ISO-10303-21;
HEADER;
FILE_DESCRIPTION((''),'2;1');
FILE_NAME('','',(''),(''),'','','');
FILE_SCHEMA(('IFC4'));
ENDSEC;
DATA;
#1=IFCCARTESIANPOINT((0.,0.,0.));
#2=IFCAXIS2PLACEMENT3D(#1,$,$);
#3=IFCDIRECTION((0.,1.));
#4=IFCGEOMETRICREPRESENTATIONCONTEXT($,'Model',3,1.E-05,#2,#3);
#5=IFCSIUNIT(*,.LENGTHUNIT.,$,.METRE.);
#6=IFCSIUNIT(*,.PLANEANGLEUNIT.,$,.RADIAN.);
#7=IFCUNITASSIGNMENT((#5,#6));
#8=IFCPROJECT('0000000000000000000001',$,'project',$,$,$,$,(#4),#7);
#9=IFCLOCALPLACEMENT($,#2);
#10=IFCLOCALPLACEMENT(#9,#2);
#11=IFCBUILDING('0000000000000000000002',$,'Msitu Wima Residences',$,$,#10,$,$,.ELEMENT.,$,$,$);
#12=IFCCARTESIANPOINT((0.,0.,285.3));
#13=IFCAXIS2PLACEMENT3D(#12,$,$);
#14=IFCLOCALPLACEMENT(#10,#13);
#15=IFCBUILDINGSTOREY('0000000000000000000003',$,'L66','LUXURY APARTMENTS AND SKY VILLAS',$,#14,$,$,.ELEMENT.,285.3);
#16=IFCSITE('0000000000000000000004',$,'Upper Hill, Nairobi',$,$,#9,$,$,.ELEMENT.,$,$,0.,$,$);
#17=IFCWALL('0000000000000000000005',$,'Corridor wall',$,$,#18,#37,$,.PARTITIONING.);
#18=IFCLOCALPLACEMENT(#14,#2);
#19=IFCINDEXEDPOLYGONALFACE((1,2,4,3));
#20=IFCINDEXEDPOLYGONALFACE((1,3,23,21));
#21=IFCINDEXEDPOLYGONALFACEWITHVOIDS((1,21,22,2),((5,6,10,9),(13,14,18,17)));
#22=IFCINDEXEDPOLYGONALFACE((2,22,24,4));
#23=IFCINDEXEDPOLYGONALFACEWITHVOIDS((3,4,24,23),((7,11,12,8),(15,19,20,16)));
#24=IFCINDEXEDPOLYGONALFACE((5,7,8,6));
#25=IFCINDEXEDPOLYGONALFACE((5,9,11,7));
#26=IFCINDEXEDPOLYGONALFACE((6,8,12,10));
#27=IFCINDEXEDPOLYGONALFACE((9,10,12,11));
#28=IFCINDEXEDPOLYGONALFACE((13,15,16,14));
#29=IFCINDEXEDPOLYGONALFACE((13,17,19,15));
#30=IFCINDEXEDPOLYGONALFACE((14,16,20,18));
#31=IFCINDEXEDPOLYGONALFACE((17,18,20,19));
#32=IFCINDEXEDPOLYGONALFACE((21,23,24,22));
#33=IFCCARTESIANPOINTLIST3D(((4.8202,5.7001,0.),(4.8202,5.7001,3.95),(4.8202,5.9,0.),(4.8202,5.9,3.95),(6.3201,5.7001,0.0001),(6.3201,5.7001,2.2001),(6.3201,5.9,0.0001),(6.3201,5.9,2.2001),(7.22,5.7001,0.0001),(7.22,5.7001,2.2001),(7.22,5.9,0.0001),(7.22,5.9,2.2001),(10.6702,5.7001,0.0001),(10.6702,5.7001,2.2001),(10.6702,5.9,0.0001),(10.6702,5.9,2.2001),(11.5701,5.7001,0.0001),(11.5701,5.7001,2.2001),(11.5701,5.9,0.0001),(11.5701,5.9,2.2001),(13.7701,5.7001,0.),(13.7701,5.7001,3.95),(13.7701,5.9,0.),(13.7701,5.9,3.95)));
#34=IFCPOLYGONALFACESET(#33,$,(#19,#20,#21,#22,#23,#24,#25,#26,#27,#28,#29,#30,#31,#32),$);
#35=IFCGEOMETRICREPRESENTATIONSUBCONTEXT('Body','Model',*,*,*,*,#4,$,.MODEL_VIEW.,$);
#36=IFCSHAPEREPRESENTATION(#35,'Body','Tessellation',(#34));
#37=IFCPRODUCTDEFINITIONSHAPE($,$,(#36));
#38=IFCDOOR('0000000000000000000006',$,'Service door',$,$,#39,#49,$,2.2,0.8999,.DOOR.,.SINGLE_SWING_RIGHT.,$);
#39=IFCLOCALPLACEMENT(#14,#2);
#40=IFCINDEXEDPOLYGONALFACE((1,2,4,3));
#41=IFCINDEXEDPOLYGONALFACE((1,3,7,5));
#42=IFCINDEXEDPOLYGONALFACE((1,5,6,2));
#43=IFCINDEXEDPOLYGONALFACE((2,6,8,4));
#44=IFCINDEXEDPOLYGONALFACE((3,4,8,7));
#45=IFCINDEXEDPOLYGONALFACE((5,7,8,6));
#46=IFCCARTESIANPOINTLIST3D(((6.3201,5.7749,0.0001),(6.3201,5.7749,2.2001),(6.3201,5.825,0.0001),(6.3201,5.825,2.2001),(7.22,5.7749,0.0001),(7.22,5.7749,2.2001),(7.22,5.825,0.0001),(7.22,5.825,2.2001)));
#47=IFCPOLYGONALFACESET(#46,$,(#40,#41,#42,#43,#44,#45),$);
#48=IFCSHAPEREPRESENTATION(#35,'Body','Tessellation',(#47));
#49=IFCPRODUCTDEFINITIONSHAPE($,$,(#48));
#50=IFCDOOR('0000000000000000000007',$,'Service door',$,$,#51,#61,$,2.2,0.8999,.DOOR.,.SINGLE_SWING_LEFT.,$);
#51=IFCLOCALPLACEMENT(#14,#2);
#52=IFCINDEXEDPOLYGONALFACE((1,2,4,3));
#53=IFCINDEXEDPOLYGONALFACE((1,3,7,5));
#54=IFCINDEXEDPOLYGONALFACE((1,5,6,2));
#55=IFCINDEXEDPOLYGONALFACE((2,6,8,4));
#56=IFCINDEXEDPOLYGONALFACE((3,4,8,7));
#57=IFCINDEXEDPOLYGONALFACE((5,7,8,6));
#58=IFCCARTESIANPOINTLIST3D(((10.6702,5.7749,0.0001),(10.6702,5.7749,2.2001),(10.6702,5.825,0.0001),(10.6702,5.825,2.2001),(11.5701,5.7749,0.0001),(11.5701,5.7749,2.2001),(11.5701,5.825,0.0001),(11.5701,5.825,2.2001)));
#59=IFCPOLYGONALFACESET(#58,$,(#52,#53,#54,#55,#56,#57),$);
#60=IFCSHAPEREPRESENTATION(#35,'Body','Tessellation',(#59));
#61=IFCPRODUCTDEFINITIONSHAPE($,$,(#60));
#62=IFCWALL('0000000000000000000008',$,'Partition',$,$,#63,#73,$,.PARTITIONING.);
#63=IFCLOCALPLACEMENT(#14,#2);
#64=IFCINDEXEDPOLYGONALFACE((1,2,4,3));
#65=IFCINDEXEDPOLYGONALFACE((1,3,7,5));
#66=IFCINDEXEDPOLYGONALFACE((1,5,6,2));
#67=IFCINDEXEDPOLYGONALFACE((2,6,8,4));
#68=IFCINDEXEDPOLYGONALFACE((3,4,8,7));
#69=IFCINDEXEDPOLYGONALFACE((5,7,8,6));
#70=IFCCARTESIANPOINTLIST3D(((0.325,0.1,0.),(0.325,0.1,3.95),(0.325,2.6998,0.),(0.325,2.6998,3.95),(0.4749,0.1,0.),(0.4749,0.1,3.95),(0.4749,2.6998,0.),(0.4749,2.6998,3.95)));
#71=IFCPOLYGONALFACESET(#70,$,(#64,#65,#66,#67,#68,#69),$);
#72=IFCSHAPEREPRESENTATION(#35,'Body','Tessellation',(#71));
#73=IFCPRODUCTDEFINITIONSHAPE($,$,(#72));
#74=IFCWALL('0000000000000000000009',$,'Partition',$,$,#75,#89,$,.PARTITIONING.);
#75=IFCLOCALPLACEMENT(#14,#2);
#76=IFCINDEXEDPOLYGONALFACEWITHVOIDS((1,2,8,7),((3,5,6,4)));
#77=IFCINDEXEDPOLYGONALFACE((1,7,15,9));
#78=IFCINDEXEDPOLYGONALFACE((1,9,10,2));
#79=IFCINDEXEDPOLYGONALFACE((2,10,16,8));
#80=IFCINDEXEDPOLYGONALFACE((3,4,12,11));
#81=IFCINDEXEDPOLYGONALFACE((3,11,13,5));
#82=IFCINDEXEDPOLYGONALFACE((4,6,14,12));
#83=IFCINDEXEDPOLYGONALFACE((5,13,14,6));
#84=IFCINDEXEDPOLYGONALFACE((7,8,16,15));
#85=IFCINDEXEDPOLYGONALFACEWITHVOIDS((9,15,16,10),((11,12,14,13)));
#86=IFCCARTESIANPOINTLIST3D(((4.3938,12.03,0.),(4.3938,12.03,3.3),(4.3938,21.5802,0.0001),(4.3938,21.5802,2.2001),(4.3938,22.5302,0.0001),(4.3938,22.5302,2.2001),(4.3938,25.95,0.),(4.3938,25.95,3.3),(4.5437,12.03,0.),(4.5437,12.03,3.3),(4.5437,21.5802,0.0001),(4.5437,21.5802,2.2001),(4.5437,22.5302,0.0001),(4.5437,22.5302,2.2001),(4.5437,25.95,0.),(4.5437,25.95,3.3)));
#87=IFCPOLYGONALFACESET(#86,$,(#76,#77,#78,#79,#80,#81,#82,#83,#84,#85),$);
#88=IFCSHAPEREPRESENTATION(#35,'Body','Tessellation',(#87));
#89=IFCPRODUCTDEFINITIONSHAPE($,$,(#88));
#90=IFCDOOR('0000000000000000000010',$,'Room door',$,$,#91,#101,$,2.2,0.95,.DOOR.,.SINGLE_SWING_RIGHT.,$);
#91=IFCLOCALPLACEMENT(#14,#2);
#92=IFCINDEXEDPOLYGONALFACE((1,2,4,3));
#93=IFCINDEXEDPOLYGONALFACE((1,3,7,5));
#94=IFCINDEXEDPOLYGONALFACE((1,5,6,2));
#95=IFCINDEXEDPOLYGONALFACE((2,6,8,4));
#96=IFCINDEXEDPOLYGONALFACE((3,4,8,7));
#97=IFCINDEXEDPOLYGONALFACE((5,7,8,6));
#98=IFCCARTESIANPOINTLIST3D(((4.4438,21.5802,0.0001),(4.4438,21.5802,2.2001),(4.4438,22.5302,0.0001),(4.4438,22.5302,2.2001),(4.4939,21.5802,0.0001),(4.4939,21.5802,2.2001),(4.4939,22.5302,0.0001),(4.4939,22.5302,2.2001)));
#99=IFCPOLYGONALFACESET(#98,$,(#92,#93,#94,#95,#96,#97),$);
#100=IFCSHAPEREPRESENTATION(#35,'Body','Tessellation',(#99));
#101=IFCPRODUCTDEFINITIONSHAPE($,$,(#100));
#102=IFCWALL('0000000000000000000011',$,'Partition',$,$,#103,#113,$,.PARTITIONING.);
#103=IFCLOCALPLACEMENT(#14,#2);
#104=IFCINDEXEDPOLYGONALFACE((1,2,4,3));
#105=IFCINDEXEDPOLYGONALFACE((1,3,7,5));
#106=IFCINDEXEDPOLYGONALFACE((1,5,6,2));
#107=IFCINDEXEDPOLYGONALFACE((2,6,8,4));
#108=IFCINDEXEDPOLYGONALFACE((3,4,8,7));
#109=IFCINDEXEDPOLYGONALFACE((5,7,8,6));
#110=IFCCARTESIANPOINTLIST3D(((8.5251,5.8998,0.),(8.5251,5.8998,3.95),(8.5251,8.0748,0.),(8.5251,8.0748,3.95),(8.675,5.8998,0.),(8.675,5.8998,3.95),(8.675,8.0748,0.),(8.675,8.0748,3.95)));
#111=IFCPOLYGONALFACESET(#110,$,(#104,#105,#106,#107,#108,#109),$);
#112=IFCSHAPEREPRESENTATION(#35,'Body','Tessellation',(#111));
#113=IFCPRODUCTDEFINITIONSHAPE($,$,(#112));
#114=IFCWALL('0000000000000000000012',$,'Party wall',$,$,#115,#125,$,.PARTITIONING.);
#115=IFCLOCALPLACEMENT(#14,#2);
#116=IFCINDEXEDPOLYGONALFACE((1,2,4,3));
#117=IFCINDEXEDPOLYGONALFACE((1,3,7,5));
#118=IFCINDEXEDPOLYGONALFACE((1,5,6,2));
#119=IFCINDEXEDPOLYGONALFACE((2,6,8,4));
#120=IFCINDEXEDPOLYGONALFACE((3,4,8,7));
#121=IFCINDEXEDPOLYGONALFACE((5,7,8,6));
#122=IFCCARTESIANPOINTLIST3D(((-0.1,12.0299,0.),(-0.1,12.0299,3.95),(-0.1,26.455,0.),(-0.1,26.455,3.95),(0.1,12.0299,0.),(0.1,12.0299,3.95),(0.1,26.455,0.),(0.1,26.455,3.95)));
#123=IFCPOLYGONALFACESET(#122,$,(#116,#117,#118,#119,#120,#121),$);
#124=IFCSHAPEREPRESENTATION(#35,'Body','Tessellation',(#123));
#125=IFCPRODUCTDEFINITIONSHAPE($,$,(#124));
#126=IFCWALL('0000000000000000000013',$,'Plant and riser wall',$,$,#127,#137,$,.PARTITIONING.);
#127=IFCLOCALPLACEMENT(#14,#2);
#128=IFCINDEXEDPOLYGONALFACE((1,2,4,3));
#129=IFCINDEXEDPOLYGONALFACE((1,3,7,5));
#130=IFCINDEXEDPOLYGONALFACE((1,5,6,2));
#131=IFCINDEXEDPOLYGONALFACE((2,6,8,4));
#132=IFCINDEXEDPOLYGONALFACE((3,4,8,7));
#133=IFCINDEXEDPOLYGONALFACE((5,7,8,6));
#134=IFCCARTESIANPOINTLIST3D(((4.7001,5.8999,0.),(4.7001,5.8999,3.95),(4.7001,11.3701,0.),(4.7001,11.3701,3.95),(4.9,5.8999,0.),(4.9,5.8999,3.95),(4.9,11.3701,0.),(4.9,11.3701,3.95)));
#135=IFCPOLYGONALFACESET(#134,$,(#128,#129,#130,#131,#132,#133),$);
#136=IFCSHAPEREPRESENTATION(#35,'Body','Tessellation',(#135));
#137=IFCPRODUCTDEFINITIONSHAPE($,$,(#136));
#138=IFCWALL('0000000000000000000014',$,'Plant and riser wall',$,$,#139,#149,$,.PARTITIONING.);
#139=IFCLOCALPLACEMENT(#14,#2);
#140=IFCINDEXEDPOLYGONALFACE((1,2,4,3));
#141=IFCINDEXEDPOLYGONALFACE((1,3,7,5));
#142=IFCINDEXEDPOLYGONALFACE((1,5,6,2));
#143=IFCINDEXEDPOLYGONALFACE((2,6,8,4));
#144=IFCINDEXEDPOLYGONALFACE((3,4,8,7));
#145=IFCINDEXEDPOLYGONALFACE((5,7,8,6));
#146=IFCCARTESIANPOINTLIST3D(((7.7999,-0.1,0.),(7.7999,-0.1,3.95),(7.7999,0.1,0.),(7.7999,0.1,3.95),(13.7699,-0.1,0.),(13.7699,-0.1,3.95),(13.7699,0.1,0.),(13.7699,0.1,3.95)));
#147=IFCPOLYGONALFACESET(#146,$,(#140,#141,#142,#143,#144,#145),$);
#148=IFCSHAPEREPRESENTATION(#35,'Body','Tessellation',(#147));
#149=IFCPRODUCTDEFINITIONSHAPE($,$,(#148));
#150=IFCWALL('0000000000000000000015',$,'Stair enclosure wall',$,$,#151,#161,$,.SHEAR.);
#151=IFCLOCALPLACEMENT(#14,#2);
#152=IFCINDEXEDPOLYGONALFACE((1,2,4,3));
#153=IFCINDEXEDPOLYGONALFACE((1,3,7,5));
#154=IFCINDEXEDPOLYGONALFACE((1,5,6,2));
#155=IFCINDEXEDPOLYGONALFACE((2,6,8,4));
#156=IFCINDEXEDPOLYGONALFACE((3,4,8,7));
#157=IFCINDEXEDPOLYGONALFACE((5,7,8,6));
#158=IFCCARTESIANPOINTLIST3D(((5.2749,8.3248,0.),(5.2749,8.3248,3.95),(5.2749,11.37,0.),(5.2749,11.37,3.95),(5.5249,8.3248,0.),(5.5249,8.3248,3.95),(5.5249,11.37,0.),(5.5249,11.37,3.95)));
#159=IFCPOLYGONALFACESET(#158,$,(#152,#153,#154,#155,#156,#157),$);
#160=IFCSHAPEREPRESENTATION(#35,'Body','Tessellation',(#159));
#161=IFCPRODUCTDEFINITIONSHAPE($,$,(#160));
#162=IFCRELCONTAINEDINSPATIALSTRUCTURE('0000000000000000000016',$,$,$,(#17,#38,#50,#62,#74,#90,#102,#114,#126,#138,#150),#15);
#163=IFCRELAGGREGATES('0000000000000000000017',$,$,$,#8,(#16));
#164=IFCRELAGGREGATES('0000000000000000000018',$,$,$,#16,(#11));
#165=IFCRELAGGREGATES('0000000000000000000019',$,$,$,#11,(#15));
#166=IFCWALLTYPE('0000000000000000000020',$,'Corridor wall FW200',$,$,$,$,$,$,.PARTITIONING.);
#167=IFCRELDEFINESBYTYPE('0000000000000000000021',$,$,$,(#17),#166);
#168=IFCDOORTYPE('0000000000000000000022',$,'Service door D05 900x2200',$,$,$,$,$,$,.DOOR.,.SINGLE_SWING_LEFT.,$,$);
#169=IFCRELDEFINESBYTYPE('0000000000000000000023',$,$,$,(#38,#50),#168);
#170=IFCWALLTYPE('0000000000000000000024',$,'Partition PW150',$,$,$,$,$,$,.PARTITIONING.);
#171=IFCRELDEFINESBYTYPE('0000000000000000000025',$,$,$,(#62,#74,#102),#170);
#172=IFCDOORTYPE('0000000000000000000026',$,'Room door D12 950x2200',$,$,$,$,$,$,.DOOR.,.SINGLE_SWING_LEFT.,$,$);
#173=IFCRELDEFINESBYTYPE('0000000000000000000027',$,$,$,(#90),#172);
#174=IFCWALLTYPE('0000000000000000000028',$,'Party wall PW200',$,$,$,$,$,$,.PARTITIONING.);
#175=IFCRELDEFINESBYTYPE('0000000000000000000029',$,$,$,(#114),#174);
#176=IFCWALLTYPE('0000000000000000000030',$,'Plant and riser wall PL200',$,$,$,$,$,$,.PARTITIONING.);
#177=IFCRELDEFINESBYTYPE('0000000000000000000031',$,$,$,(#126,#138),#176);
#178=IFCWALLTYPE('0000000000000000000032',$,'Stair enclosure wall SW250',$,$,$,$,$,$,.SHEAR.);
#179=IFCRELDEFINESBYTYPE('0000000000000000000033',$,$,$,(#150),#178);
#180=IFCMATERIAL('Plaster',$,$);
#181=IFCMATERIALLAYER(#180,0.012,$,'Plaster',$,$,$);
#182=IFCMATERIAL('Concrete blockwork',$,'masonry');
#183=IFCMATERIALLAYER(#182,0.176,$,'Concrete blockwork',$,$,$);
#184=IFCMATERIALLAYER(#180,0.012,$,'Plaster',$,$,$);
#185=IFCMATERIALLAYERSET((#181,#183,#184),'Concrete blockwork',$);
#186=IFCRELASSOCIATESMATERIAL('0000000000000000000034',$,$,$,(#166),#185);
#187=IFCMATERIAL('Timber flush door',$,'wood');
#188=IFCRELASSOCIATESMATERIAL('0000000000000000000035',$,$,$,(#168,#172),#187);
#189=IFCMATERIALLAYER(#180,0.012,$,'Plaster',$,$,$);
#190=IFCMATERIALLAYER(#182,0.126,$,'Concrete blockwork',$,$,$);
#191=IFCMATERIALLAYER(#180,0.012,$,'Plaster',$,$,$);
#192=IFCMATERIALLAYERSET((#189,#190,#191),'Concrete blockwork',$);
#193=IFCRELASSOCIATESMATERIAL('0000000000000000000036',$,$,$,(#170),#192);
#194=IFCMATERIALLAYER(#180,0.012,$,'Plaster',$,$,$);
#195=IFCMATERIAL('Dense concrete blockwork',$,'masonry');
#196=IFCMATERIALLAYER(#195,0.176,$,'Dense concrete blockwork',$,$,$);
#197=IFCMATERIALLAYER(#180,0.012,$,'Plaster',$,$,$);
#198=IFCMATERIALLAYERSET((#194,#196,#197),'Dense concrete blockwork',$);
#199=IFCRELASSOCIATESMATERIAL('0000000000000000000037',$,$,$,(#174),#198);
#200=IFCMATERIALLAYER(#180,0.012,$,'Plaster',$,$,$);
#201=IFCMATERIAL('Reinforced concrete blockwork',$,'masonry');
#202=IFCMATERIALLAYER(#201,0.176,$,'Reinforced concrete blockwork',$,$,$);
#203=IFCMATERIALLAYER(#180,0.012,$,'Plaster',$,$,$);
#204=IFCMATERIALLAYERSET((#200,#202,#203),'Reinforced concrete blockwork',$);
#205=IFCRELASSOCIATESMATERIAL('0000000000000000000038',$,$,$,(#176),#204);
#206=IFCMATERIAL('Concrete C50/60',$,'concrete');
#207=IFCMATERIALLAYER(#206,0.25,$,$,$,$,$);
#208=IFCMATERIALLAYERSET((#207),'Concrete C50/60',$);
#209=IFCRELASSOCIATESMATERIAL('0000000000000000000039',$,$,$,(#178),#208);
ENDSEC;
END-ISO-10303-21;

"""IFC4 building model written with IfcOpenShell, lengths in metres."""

from ifc_helpers import new_model, si_unit, direction, frame, frame_2d, origin, place, context, subcontext, project, spatial, rectangle, extrude, material, layer, layer_set, type_object, element, fill, save


model = new_model("IFC4")

# Units and contexts
model_context = context("Model", 3, precision=1e-05, world=origin(), true_north=direction((0.0, 1.0)))
body_context = subcontext(model_context, "Body", "Model", "MODEL_VIEW")
ifc_project = project(units=[si_unit("LENGTHUNIT", "METRE"), si_unit("PLANEANGLEUNIT", "RADIAN")], contexts=[model_context])

# Site, building, storey
site_placement = place(None, origin())
site = spatial("IfcSite", under=ifc_project, at=site_placement, Name="Upper Hill, Nairobi", CompositionType="ELEMENT", RefElevation=0.0)
building_placement = place(site_placement, origin())
building = spatial("IfcBuilding", under=site, at=building_placement, Name="Msitu Wima Residences", CompositionType="ELEMENT")
storey_placement = place(building_placement, frame((0.0, 0.0, 285.3)))
storey = spatial("IfcBuildingStorey", under=building, at=storey_placement, Name="L66", Description="LUXURY APARTMENTS AND SKY VILLAS", CompositionType="ELEMENT", Elevation=285.3)

# Wall, openings, doors
ifc_material_1 = material(Name="Plaster")
ifc_layer_1 = layer(ifc_material_1, 0.012, Name="Plaster")
ifc_material_2 = material(Name="Concrete blockwork", Category="masonry")
ifc_layer_2 = layer(ifc_material_2, 0.176, Name="Concrete blockwork")
ifc_layer_3 = layer(ifc_material_1, 0.012, Name="Plaster")
ifc_layer_set_1 = layer_set([ifc_layer_1, ifc_layer_2, ifc_layer_3], Name="Concrete blockwork")
wall_type_1 = type_object("IfcWallType", Name="Corridor wall FW200", PredefinedType="PARTITIONING", material=ifc_layer_set_1)
wall_1_placement = place(storey_placement, frame((4.8201, 5.8, 0.0), z_axis=(0.0, 0.0, 1.0), x_axis=(1.0, 0.0, 0.0)))
wall_1 = element("IfcWall", 1, at=wall_1_placement, inside=storey, type_object=wall_type_1, Name="Corridor wall", PredefinedType="PARTITIONING", context=body_context, shape_type="SweptSolid", body=[
    extrude(rectangle(XDim=8.95, YDim=0.2, at=frame_2d((4.4751, 0.0))), origin(), (0.0, 0.0, 1.0), 3.95),
])
opening_1_placement = place(wall_1_placement, frame((1.5, 0.0, 0.0)))
opening_1 = element("IfcOpeningElement", 2, at=opening_1_placement, cuts=wall_1, PredefinedType="OPENING", context=body_context, shape_type="SweptSolid", body=[
    extrude(rectangle(XDim=0.8999, YDim=2.2, at=frame_2d((0.45, 1.1001))), frame((0.0, 0.1099, 0.0), z_axis=(0.0, -1.0, 0.0), x_axis=(1.0, 0.0, 0.0)), (0.0, 0.0, 1.0), 0.22),
])
opening_2_placement = place(wall_1_placement, frame((5.8501, 0.0, 0.0)))
opening_2 = element("IfcOpeningElement", 3, at=opening_2_placement, cuts=wall_1, PredefinedType="OPENING", context=body_context, shape_type="SweptSolid", body=[
    extrude(rectangle(XDim=0.8999, YDim=2.2, at=frame_2d((0.45, 1.1001))), frame((0.0, 0.1099, 0.0), z_axis=(0.0, -1.0, 0.0), x_axis=(1.0, 0.0, 0.0)), (0.0, 0.0, 1.0), 0.22),
])
ifc_material_3 = material(Name="Timber flush door", Category="wood")
door_type_1 = type_object("IfcDoorType", Name="Service door D05 900x2200", OperationType="SINGLE_SWING_LEFT", PredefinedType="DOOR", material=ifc_material_3)
door_1_placement = place(opening_1_placement, origin())
door_1 = element("IfcDoor", 4, at=door_1_placement, inside=storey, type_object=door_type_1, Name="Service door", OperationType="SINGLE_SWING_RIGHT", OverallHeight=2.2, OverallWidth=0.8999, PredefinedType="DOOR", context=body_context, shape_type="SweptSolid", body=[
    extrude(rectangle(XDim=0.8999, YDim=2.2, at=frame_2d((0.45, 1.1001))), frame((0.0, 0.0249, 0.0), z_axis=(0.0, -1.0, 0.0), x_axis=(1.0, 0.0, 0.0)), (0.0, 0.0, 1.0), 0.05),
])
fill(opening_1, door_1)
door_2_placement = place(opening_2_placement, origin())
door_2 = element("IfcDoor", 5, at=door_2_placement, inside=storey, type_object=door_type_1, Name="Service door", OperationType="SINGLE_SWING_LEFT", OverallHeight=2.2, OverallWidth=0.8999, PredefinedType="DOOR", context=body_context, shape_type="SweptSolid", body=[
    extrude(rectangle(XDim=0.8999, YDim=2.2, at=frame_2d((0.45, 1.1001))), frame((0.0, 0.0249, 0.0), z_axis=(0.0, -1.0, 0.0), x_axis=(1.0, 0.0, 0.0)), (0.0, 0.0, 1.0), 0.05),
])
fill(opening_2, door_2)

# Wall
ifc_layer_4 = layer(ifc_material_1, 0.012, Name="Plaster")
ifc_layer_5 = layer(ifc_material_2, 0.126, Name="Concrete blockwork")
ifc_layer_6 = layer(ifc_material_1, 0.012, Name="Plaster")
ifc_layer_set_2 = layer_set([ifc_layer_4, ifc_layer_5, ifc_layer_6], Name="Concrete blockwork")
wall_type_2 = type_object("IfcWallType", Name="Partition PW150", PredefinedType="PARTITIONING", material=ifc_layer_set_2)
wall_2_placement = place(storey_placement, frame((0.3999, 0.1001, 0.0), z_axis=(0.0, 0.0, 1.0), x_axis=(0.0, 1.0, 0.0)))
element("IfcWall", 6, at=wall_2_placement, inside=storey, type_object=wall_type_2, Name="Partition", PredefinedType="PARTITIONING", context=body_context, shape_type="SweptSolid", body=[
    extrude(rectangle(XDim=2.5999, YDim=0.1499, at=frame_2d((1.2998, 0.0))), origin(), (0.0, 0.0, 1.0), 3.95),
])

# Wall, opening, door
wall_3_placement = place(storey_placement, frame((4.4688, 12.03, 0.0), z_axis=(0.0, 0.0, 1.0), x_axis=(0.0, 1.0, 0.0)))
wall_3 = element("IfcWall", 7, at=wall_3_placement, inside=storey, type_object=wall_type_2, Name="Partition", PredefinedType="PARTITIONING", context=body_context, shape_type="SweptSolid", body=[
    extrude(rectangle(XDim=13.9199, YDim=0.1499, at=frame_2d((6.96, 0.0))), origin(), (0.0, 0.0, 1.0), 3.3),
])
opening_3_placement = place(wall_3_placement, frame((9.55, 0.0, 0.0)))
opening_3 = element("IfcOpeningElement", 8, at=opening_3_placement, cuts=wall_3, PredefinedType="OPENING", context=body_context, shape_type="SweptSolid", body=[
    extrude(rectangle(XDim=0.95, YDim=2.2, at=frame_2d((0.4751, 1.1001))), frame((0.0, 0.085, 0.0), z_axis=(0.0, -1.0, 0.0), x_axis=(1.0, 0.0, 0.0)), (0.0, 0.0, 1.0), 0.1699),
])
door_type_2 = type_object("IfcDoorType", Name="Room door D12 950x2200", OperationType="SINGLE_SWING_LEFT", PredefinedType="DOOR", material=ifc_material_3)
door_3_placement = place(opening_3_placement, origin())
door_3 = element("IfcDoor", 9, at=door_3_placement, inside=storey, type_object=door_type_2, Name="Room door", OperationType="SINGLE_SWING_RIGHT", OverallHeight=2.2, OverallWidth=0.95, PredefinedType="DOOR", context=body_context, shape_type="SweptSolid", body=[
    extrude(rectangle(XDim=0.95, YDim=2.2, at=frame_2d((0.4751, 1.1001))), frame((0.0, 0.0249, 0.0), z_axis=(0.0, -1.0, 0.0), x_axis=(1.0, 0.0, 0.0)), (0.0, 0.0, 1.0), 0.05),
])
fill(opening_3, door_3)

# Walls
wall_4_placement = place(storey_placement, frame((8.6001, 5.8999, 0.0), z_axis=(0.0, 0.0, 1.0), x_axis=(0.0, 1.0, 0.0)))
element("IfcWall", 10, at=wall_4_placement, inside=storey, type_object=wall_type_2, Name="Partition", PredefinedType="PARTITIONING", context=body_context, shape_type="SweptSolid", body=[
    extrude(rectangle(XDim=2.175, YDim=0.1499, at=frame_2d((1.0874, 0.0))), origin(), (0.0, 0.0, 1.0), 3.95),
])
ifc_layer_7 = layer(ifc_material_1, 0.012, Name="Plaster")
ifc_material_4 = material(Name="Dense concrete blockwork", Category="masonry")
ifc_layer_8 = layer(ifc_material_4, 0.176, Name="Dense concrete blockwork")
ifc_layer_9 = layer(ifc_material_1, 0.012, Name="Plaster")
ifc_layer_set_3 = layer_set([ifc_layer_7, ifc_layer_8, ifc_layer_9], Name="Dense concrete blockwork")
wall_type_3 = type_object("IfcWallType", Name="Party wall PW200", PredefinedType="PARTITIONING", material=ifc_layer_set_3)
wall_5_placement = place(storey_placement, frame((0.0, 12.03, 0.0), z_axis=(0.0, 0.0, 1.0), x_axis=(0.0, 1.0, 0.0)))
element("IfcWall", 11, at=wall_5_placement, inside=storey, type_object=wall_type_3, Name="Party wall", PredefinedType="PARTITIONING", context=body_context, shape_type="SweptSolid", body=[
    extrude(rectangle(XDim=14.425, YDim=0.2, at=frame_2d((7.2124, 0.0))), origin(), (0.0, 0.0, 1.0), 3.95),
])
ifc_layer_10 = layer(ifc_material_1, 0.012, Name="Plaster")
ifc_material_5 = material(Name="Reinforced concrete blockwork", Category="masonry")
ifc_layer_11 = layer(ifc_material_5, 0.176, Name="Reinforced concrete blockwork")
ifc_layer_12 = layer(ifc_material_1, 0.012, Name="Plaster")
ifc_layer_set_4 = layer_set([ifc_layer_10, ifc_layer_11, ifc_layer_12], Name="Reinforced concrete blockwork")
wall_type_4 = type_object("IfcWallType", Name="Plant and riser wall PL200", PredefinedType="PARTITIONING", material=ifc_layer_set_4)
wall_6_placement = place(storey_placement, frame((4.8, 5.8999, 0.0), z_axis=(0.0, 0.0, 1.0), x_axis=(0.0, 1.0, 0.0)))
element("IfcWall", 12, at=wall_6_placement, inside=storey, type_object=wall_type_4, Name="Plant and riser wall", PredefinedType="PARTITIONING", context=body_context, shape_type="SweptSolid", body=[
    extrude(rectangle(XDim=5.4702, YDim=0.2, at=frame_2d((2.7351, 0.0))), origin(), (0.0, 0.0, 1.0), 3.95),
])
wall_7_placement = place(storey_placement, frame((7.8, 0.0, 0.0), z_axis=(0.0, 0.0, 1.0), x_axis=(1.0, 0.0, 0.0)))
element("IfcWall", 13, at=wall_7_placement, inside=storey, type_object=wall_type_4, Name="Plant and riser wall", PredefinedType="PARTITIONING", context=body_context, shape_type="SweptSolid", body=[
    extrude(rectangle(XDim=5.97, YDim=0.2, at=frame_2d((2.9849, 0.0))), origin(), (0.0, 0.0, 1.0), 3.95),
])
ifc_material_6 = material(Name="Concrete C50/60", Category="concrete")
ifc_layer_13 = layer(ifc_material_6, 0.25)
ifc_layer_set_5 = layer_set([ifc_layer_13], Name="Concrete C50/60")
wall_type_5 = type_object("IfcWallType", Name="Stair enclosure wall SW250", PredefinedType="SHEAR", material=ifc_layer_set_5)
wall_8_placement = place(storey_placement, frame((5.3999, 8.325, 0.0), z_axis=(0.0, 0.0, 1.0), x_axis=(0.0, 1.0, 0.0)))
element("IfcWall", 14, at=wall_8_placement, inside=storey, type_object=wall_type_5, Name="Stair enclosure wall", PredefinedType="SHEAR", context=body_context, shape_type="SweptSolid", body=[
    extrude(rectangle(XDim=3.0452, YDim=0.25, at=frame_2d((1.5225, 0.0))), origin(), (0.0, 0.0, 1.0), 3.95),
])

save(model, "model.ifc")
